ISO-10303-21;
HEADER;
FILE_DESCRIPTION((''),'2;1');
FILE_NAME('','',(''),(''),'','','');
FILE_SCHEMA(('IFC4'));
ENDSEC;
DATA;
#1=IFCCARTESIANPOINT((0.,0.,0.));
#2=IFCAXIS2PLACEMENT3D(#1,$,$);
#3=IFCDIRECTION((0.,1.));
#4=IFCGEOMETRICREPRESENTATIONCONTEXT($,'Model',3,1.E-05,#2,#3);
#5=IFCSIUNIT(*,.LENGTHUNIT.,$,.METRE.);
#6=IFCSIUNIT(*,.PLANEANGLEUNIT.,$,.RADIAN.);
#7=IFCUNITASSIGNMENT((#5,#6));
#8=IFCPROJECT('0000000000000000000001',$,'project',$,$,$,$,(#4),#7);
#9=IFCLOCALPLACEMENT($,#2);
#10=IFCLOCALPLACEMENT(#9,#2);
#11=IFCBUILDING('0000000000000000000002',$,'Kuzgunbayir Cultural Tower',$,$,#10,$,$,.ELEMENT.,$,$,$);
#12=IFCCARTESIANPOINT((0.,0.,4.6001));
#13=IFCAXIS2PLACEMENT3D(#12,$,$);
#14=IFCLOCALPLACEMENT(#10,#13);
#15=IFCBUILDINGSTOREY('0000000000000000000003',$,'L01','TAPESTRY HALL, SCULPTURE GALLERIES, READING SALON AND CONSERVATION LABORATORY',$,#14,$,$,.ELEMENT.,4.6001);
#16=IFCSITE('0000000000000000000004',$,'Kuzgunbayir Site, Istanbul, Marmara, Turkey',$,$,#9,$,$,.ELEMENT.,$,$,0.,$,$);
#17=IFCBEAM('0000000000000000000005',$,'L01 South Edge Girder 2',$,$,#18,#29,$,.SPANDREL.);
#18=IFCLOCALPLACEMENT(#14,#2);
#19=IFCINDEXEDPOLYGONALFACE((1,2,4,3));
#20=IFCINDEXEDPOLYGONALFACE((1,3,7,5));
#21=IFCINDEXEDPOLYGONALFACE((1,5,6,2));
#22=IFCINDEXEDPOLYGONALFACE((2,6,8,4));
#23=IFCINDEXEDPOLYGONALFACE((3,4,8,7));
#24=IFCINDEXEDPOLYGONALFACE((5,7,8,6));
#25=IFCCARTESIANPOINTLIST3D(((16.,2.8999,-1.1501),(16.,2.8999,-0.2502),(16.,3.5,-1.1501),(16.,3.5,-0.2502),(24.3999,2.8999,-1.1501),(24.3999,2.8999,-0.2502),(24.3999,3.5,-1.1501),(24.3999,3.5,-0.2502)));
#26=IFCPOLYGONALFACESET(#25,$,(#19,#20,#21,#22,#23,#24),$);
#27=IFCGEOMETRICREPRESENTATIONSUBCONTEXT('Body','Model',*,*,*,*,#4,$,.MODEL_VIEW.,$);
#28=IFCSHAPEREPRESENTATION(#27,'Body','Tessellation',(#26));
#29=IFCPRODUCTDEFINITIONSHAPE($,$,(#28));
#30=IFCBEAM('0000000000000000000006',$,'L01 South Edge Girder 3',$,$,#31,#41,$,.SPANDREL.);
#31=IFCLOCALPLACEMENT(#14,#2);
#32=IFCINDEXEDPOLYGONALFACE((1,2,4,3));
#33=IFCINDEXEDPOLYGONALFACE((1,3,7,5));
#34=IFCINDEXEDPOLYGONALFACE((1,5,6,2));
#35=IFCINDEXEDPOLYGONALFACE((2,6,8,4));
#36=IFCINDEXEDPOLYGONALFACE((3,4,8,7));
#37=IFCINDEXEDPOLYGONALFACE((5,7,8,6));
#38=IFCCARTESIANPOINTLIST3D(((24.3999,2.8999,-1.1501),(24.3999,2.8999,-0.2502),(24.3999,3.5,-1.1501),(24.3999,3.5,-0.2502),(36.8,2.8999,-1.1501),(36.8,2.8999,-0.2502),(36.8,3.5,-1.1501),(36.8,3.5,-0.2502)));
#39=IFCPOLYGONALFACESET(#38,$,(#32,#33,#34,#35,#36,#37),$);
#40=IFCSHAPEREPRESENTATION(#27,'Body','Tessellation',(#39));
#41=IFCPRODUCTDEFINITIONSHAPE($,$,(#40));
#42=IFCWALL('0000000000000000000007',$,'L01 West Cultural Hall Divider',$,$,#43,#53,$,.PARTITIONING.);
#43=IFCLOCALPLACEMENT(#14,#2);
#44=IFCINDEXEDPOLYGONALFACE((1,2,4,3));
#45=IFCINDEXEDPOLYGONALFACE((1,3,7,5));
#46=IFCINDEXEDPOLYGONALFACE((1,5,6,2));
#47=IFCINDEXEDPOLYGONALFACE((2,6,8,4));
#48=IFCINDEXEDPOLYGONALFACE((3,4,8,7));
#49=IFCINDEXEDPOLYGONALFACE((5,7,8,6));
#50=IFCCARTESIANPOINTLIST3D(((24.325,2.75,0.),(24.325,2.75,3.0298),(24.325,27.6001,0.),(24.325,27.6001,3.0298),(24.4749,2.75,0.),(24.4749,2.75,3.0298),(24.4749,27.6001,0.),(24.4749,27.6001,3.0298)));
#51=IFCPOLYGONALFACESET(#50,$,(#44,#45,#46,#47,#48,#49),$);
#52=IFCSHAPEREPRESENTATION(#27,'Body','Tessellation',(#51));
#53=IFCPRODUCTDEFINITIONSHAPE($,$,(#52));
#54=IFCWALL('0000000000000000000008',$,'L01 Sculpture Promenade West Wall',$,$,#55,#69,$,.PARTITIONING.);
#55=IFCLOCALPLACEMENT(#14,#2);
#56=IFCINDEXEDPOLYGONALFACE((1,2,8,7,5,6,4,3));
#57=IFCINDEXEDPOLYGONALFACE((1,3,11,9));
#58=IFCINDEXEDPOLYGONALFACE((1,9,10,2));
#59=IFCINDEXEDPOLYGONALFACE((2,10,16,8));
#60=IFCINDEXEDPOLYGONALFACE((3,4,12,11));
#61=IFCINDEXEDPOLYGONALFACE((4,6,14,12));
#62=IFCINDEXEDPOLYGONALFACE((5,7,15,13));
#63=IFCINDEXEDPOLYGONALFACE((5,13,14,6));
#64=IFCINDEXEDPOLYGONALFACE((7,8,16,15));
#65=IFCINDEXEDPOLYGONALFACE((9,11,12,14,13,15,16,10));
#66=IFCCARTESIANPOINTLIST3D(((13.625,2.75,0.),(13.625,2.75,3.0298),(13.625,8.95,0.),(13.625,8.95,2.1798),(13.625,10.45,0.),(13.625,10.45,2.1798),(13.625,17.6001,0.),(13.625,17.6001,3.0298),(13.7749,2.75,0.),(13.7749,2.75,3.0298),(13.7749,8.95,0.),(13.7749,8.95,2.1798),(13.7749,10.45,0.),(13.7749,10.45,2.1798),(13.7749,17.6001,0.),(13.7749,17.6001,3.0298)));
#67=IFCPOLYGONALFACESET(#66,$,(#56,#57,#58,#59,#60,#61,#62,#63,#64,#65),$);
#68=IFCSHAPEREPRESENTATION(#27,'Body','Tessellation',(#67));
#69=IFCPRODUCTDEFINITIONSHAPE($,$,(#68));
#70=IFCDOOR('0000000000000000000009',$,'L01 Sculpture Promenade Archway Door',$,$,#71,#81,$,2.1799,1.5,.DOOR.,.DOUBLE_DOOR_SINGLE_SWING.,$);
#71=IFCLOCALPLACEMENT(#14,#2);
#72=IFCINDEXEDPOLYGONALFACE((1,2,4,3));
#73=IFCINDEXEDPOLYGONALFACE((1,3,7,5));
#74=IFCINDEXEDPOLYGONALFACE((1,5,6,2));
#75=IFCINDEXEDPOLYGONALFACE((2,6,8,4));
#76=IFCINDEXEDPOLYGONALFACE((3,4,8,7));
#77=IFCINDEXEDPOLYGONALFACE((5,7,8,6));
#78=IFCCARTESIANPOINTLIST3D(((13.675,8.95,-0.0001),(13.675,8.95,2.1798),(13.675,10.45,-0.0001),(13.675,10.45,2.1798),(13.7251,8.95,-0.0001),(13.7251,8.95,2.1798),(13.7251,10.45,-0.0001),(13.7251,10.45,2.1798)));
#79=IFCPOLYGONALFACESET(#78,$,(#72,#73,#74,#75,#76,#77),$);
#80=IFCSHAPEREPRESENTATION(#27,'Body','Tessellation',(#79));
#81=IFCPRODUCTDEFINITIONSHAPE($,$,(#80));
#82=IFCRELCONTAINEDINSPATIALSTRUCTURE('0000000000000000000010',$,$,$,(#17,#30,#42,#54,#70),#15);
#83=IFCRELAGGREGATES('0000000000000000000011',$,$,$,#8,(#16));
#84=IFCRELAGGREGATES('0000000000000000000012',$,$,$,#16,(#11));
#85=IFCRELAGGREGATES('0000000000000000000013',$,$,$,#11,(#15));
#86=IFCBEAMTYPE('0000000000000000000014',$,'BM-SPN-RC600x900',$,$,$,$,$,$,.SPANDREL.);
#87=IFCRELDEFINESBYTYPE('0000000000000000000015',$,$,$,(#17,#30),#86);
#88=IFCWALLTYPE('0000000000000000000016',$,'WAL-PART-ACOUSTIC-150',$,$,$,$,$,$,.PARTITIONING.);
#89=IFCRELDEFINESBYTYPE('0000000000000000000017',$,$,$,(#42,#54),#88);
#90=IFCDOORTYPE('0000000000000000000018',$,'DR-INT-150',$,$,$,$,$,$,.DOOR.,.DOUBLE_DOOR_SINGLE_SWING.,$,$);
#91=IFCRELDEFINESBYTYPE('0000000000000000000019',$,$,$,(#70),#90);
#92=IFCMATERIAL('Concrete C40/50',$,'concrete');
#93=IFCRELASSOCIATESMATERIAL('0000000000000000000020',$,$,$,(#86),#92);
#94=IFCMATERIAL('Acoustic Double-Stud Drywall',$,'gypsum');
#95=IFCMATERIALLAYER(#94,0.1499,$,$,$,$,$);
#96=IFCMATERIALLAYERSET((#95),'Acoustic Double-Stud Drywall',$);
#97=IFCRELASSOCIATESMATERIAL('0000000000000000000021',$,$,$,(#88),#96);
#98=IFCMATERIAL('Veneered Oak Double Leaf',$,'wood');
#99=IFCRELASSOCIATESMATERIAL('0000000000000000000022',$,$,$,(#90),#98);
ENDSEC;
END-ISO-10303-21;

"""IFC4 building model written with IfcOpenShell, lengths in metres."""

from ifc_helpers import new_model, si_unit, direction, frame, frame_2d, origin, origin_2d, place, context, subcontext, project, spatial, rectangle, extrude, material, layer, layer_set, material_profile, profile_set, type_object, element, fill, save


model = new_model("IFC4")

# Units and contexts
model_context = context("Model", 3, precision=1e-05, world=origin(), true_north=direction((0.0, 1.0)))
body_context = subcontext(model_context, "Body", "Model", "MODEL_VIEW")
ifc_project = project(units=[si_unit("LENGTHUNIT", "METRE"), si_unit("PLANEANGLEUNIT", "RADIAN")], contexts=[model_context])

# Site, building, storey
site_placement = place(None, origin())
site = spatial("IfcSite", under=ifc_project, at=site_placement, Name="Kuzgunbayir Site, Istanbul, Marmara, Turkey", CompositionType="ELEMENT", RefElevation=0.0)
building_placement = place(site_placement, origin())
building = spatial("IfcBuilding", under=site, at=building_placement, Name="Kuzgunbayir Cultural Tower", CompositionType="ELEMENT")
storey_placement = place(building_placement, frame((0.0, 0.0, 4.6001)))
storey = spatial("IfcBuildingStorey", under=building, at=storey_placement, Name="L01", Description="TAPESTRY HALL, SCULPTURE GALLERIES, READING SALON AND CONSERVATION LABORATORY", CompositionType="ELEMENT", Elevation=4.6001)

# Beams
ifc_material_1 = material(Name="Concrete C40/50", Category="concrete")
ifc_material_profile_1 = material_profile(ifc_material_1, rectangle(XDim=0.6001, YDim=0.8999, at=origin_2d()), Name="RC 600x900")
ifc_profile_set_1 = profile_set([ifc_material_profile_1], Name="Concrete C40/50")
beam_type_1 = type_object("IfcBeamType", Name="BM-SPN-RC600x900", PredefinedType="SPANDREL", material=ifc_profile_set_1)
beam_1_placement = place(storey_placement, frame((16.0, 3.2, -0.7002), z_axis=(1.0, 0.0, 0.0), x_axis=(0.0, 1.0, 0.0)))
element("IfcBeam", 1, at=beam_1_placement, inside=storey, type_object=beam_type_1, Name="L01 South Edge Girder 2", PredefinedType="SPANDREL", context=body_context, shape_type="SweptSolid", body=[
    extrude(rectangle(XDim=0.6001, YDim=0.8999, at=origin_2d()), origin(), (0.0, 0.0, 1.0), 8.3999),
])
beam_2_placement = place(storey_placement, frame((24.3999, 3.2, -0.7002), z_axis=(1.0, 0.0, 0.0), x_axis=(0.0, 1.0, 0.0)))
element("IfcBeam", 2, at=beam_2_placement, inside=storey, type_object=beam_type_1, Name="L01 South Edge Girder 3", PredefinedType="SPANDREL", context=body_context, shape_type="SweptSolid", body=[
    extrude(rectangle(XDim=0.6001, YDim=0.8999, at=origin_2d()), origin(), (0.0, 0.0, 1.0), 12.4001),
])

# Wall
ifc_material_2 = material(Name="Acoustic Double-Stud Drywall", Category="gypsum")
ifc_layer = layer(ifc_material_2, 0.1499)
ifc_layer_set = layer_set([ifc_layer], Name="Acoustic Double-Stud Drywall")
wall_type = type_object("IfcWallType", Name="WAL-PART-ACOUSTIC-150", PredefinedType="PARTITIONING", material=ifc_layer_set)
wall_1_placement = place(storey_placement, frame((24.3999, 2.75, 0.0), z_axis=(0.0, 0.0, 1.0), x_axis=(0.0, 1.0, 0.0)))
element("IfcWall", 3, at=wall_1_placement, inside=storey, type_object=wall_type, Name="L01 West Cultural Hall Divider", PredefinedType="PARTITIONING", context=body_context, shape_type="SweptSolid", body=[
    extrude(rectangle(XDim=24.8501, YDim=0.1499, at=frame_2d((12.425, 0.0))), origin(), (0.0, 0.0, 1.0), 3.0298),
])

# Wall, opening, door
wall_2_placement = place(storey_placement, frame((13.7, 2.75, 0.0), z_axis=(0.0, 0.0, 1.0), x_axis=(0.0, 1.0, 0.0)))
wall_2 = element("IfcWall", 4, at=wall_2_placement, inside=storey, type_object=wall_type, Name="L01 Sculpture Promenade West Wall", PredefinedType="PARTITIONING", context=body_context, shape_type="SweptSolid", body=[
    extrude(rectangle(XDim=14.8501, YDim=0.1499, at=frame_2d((7.425, 0.0))), origin(), (0.0, 0.0, 1.0), 3.0298),
])
opening_placement = place(wall_2_placement, frame((6.2, 0.0, 0.0)))
opening = element("IfcOpeningElement", 5, at=opening_placement, cuts=wall_2, PredefinedType="OPENING", context=body_context, shape_type="SweptSolid", body=[
    extrude(rectangle(XDim=1.5, YDim=2.1799, at=frame_2d((0.75, 1.0898))), frame((0.0, 0.085, 0.0), z_axis=(0.0, -1.0, 0.0), x_axis=(1.0, 0.0, 0.0)), (0.0, 0.0, 1.0), 0.1699),
])
ifc_material_3 = material(Name="Veneered Oak Double Leaf", Category="wood")
door_type = type_object("IfcDoorType", Name="DR-INT-150", OperationType="DOUBLE_DOOR_SINGLE_SWING", PredefinedType="DOOR", material=ifc_material_3)
door_placement = place(opening_placement, origin())
door = element("IfcDoor", 6, at=door_placement, inside=storey, type_object=door_type, Name="L01 Sculpture Promenade Archway Door", OperationType="DOUBLE_DOOR_SINGLE_SWING", OverallHeight=2.1799, OverallWidth=1.5, PredefinedType="DOOR", context=body_context, shape_type="SweptSolid", body=[
    extrude(rectangle(XDim=1.5, YDim=2.1799, at=frame_2d((0.75, 1.0898))), frame((0.0, 0.0249, 0.0), z_axis=(0.0, -1.0, 0.0), x_axis=(1.0, 0.0, 0.0)), (0.0, 0.0, 1.0), 0.05),
])
fill(opening, door)

save(model, "model.ifc")
